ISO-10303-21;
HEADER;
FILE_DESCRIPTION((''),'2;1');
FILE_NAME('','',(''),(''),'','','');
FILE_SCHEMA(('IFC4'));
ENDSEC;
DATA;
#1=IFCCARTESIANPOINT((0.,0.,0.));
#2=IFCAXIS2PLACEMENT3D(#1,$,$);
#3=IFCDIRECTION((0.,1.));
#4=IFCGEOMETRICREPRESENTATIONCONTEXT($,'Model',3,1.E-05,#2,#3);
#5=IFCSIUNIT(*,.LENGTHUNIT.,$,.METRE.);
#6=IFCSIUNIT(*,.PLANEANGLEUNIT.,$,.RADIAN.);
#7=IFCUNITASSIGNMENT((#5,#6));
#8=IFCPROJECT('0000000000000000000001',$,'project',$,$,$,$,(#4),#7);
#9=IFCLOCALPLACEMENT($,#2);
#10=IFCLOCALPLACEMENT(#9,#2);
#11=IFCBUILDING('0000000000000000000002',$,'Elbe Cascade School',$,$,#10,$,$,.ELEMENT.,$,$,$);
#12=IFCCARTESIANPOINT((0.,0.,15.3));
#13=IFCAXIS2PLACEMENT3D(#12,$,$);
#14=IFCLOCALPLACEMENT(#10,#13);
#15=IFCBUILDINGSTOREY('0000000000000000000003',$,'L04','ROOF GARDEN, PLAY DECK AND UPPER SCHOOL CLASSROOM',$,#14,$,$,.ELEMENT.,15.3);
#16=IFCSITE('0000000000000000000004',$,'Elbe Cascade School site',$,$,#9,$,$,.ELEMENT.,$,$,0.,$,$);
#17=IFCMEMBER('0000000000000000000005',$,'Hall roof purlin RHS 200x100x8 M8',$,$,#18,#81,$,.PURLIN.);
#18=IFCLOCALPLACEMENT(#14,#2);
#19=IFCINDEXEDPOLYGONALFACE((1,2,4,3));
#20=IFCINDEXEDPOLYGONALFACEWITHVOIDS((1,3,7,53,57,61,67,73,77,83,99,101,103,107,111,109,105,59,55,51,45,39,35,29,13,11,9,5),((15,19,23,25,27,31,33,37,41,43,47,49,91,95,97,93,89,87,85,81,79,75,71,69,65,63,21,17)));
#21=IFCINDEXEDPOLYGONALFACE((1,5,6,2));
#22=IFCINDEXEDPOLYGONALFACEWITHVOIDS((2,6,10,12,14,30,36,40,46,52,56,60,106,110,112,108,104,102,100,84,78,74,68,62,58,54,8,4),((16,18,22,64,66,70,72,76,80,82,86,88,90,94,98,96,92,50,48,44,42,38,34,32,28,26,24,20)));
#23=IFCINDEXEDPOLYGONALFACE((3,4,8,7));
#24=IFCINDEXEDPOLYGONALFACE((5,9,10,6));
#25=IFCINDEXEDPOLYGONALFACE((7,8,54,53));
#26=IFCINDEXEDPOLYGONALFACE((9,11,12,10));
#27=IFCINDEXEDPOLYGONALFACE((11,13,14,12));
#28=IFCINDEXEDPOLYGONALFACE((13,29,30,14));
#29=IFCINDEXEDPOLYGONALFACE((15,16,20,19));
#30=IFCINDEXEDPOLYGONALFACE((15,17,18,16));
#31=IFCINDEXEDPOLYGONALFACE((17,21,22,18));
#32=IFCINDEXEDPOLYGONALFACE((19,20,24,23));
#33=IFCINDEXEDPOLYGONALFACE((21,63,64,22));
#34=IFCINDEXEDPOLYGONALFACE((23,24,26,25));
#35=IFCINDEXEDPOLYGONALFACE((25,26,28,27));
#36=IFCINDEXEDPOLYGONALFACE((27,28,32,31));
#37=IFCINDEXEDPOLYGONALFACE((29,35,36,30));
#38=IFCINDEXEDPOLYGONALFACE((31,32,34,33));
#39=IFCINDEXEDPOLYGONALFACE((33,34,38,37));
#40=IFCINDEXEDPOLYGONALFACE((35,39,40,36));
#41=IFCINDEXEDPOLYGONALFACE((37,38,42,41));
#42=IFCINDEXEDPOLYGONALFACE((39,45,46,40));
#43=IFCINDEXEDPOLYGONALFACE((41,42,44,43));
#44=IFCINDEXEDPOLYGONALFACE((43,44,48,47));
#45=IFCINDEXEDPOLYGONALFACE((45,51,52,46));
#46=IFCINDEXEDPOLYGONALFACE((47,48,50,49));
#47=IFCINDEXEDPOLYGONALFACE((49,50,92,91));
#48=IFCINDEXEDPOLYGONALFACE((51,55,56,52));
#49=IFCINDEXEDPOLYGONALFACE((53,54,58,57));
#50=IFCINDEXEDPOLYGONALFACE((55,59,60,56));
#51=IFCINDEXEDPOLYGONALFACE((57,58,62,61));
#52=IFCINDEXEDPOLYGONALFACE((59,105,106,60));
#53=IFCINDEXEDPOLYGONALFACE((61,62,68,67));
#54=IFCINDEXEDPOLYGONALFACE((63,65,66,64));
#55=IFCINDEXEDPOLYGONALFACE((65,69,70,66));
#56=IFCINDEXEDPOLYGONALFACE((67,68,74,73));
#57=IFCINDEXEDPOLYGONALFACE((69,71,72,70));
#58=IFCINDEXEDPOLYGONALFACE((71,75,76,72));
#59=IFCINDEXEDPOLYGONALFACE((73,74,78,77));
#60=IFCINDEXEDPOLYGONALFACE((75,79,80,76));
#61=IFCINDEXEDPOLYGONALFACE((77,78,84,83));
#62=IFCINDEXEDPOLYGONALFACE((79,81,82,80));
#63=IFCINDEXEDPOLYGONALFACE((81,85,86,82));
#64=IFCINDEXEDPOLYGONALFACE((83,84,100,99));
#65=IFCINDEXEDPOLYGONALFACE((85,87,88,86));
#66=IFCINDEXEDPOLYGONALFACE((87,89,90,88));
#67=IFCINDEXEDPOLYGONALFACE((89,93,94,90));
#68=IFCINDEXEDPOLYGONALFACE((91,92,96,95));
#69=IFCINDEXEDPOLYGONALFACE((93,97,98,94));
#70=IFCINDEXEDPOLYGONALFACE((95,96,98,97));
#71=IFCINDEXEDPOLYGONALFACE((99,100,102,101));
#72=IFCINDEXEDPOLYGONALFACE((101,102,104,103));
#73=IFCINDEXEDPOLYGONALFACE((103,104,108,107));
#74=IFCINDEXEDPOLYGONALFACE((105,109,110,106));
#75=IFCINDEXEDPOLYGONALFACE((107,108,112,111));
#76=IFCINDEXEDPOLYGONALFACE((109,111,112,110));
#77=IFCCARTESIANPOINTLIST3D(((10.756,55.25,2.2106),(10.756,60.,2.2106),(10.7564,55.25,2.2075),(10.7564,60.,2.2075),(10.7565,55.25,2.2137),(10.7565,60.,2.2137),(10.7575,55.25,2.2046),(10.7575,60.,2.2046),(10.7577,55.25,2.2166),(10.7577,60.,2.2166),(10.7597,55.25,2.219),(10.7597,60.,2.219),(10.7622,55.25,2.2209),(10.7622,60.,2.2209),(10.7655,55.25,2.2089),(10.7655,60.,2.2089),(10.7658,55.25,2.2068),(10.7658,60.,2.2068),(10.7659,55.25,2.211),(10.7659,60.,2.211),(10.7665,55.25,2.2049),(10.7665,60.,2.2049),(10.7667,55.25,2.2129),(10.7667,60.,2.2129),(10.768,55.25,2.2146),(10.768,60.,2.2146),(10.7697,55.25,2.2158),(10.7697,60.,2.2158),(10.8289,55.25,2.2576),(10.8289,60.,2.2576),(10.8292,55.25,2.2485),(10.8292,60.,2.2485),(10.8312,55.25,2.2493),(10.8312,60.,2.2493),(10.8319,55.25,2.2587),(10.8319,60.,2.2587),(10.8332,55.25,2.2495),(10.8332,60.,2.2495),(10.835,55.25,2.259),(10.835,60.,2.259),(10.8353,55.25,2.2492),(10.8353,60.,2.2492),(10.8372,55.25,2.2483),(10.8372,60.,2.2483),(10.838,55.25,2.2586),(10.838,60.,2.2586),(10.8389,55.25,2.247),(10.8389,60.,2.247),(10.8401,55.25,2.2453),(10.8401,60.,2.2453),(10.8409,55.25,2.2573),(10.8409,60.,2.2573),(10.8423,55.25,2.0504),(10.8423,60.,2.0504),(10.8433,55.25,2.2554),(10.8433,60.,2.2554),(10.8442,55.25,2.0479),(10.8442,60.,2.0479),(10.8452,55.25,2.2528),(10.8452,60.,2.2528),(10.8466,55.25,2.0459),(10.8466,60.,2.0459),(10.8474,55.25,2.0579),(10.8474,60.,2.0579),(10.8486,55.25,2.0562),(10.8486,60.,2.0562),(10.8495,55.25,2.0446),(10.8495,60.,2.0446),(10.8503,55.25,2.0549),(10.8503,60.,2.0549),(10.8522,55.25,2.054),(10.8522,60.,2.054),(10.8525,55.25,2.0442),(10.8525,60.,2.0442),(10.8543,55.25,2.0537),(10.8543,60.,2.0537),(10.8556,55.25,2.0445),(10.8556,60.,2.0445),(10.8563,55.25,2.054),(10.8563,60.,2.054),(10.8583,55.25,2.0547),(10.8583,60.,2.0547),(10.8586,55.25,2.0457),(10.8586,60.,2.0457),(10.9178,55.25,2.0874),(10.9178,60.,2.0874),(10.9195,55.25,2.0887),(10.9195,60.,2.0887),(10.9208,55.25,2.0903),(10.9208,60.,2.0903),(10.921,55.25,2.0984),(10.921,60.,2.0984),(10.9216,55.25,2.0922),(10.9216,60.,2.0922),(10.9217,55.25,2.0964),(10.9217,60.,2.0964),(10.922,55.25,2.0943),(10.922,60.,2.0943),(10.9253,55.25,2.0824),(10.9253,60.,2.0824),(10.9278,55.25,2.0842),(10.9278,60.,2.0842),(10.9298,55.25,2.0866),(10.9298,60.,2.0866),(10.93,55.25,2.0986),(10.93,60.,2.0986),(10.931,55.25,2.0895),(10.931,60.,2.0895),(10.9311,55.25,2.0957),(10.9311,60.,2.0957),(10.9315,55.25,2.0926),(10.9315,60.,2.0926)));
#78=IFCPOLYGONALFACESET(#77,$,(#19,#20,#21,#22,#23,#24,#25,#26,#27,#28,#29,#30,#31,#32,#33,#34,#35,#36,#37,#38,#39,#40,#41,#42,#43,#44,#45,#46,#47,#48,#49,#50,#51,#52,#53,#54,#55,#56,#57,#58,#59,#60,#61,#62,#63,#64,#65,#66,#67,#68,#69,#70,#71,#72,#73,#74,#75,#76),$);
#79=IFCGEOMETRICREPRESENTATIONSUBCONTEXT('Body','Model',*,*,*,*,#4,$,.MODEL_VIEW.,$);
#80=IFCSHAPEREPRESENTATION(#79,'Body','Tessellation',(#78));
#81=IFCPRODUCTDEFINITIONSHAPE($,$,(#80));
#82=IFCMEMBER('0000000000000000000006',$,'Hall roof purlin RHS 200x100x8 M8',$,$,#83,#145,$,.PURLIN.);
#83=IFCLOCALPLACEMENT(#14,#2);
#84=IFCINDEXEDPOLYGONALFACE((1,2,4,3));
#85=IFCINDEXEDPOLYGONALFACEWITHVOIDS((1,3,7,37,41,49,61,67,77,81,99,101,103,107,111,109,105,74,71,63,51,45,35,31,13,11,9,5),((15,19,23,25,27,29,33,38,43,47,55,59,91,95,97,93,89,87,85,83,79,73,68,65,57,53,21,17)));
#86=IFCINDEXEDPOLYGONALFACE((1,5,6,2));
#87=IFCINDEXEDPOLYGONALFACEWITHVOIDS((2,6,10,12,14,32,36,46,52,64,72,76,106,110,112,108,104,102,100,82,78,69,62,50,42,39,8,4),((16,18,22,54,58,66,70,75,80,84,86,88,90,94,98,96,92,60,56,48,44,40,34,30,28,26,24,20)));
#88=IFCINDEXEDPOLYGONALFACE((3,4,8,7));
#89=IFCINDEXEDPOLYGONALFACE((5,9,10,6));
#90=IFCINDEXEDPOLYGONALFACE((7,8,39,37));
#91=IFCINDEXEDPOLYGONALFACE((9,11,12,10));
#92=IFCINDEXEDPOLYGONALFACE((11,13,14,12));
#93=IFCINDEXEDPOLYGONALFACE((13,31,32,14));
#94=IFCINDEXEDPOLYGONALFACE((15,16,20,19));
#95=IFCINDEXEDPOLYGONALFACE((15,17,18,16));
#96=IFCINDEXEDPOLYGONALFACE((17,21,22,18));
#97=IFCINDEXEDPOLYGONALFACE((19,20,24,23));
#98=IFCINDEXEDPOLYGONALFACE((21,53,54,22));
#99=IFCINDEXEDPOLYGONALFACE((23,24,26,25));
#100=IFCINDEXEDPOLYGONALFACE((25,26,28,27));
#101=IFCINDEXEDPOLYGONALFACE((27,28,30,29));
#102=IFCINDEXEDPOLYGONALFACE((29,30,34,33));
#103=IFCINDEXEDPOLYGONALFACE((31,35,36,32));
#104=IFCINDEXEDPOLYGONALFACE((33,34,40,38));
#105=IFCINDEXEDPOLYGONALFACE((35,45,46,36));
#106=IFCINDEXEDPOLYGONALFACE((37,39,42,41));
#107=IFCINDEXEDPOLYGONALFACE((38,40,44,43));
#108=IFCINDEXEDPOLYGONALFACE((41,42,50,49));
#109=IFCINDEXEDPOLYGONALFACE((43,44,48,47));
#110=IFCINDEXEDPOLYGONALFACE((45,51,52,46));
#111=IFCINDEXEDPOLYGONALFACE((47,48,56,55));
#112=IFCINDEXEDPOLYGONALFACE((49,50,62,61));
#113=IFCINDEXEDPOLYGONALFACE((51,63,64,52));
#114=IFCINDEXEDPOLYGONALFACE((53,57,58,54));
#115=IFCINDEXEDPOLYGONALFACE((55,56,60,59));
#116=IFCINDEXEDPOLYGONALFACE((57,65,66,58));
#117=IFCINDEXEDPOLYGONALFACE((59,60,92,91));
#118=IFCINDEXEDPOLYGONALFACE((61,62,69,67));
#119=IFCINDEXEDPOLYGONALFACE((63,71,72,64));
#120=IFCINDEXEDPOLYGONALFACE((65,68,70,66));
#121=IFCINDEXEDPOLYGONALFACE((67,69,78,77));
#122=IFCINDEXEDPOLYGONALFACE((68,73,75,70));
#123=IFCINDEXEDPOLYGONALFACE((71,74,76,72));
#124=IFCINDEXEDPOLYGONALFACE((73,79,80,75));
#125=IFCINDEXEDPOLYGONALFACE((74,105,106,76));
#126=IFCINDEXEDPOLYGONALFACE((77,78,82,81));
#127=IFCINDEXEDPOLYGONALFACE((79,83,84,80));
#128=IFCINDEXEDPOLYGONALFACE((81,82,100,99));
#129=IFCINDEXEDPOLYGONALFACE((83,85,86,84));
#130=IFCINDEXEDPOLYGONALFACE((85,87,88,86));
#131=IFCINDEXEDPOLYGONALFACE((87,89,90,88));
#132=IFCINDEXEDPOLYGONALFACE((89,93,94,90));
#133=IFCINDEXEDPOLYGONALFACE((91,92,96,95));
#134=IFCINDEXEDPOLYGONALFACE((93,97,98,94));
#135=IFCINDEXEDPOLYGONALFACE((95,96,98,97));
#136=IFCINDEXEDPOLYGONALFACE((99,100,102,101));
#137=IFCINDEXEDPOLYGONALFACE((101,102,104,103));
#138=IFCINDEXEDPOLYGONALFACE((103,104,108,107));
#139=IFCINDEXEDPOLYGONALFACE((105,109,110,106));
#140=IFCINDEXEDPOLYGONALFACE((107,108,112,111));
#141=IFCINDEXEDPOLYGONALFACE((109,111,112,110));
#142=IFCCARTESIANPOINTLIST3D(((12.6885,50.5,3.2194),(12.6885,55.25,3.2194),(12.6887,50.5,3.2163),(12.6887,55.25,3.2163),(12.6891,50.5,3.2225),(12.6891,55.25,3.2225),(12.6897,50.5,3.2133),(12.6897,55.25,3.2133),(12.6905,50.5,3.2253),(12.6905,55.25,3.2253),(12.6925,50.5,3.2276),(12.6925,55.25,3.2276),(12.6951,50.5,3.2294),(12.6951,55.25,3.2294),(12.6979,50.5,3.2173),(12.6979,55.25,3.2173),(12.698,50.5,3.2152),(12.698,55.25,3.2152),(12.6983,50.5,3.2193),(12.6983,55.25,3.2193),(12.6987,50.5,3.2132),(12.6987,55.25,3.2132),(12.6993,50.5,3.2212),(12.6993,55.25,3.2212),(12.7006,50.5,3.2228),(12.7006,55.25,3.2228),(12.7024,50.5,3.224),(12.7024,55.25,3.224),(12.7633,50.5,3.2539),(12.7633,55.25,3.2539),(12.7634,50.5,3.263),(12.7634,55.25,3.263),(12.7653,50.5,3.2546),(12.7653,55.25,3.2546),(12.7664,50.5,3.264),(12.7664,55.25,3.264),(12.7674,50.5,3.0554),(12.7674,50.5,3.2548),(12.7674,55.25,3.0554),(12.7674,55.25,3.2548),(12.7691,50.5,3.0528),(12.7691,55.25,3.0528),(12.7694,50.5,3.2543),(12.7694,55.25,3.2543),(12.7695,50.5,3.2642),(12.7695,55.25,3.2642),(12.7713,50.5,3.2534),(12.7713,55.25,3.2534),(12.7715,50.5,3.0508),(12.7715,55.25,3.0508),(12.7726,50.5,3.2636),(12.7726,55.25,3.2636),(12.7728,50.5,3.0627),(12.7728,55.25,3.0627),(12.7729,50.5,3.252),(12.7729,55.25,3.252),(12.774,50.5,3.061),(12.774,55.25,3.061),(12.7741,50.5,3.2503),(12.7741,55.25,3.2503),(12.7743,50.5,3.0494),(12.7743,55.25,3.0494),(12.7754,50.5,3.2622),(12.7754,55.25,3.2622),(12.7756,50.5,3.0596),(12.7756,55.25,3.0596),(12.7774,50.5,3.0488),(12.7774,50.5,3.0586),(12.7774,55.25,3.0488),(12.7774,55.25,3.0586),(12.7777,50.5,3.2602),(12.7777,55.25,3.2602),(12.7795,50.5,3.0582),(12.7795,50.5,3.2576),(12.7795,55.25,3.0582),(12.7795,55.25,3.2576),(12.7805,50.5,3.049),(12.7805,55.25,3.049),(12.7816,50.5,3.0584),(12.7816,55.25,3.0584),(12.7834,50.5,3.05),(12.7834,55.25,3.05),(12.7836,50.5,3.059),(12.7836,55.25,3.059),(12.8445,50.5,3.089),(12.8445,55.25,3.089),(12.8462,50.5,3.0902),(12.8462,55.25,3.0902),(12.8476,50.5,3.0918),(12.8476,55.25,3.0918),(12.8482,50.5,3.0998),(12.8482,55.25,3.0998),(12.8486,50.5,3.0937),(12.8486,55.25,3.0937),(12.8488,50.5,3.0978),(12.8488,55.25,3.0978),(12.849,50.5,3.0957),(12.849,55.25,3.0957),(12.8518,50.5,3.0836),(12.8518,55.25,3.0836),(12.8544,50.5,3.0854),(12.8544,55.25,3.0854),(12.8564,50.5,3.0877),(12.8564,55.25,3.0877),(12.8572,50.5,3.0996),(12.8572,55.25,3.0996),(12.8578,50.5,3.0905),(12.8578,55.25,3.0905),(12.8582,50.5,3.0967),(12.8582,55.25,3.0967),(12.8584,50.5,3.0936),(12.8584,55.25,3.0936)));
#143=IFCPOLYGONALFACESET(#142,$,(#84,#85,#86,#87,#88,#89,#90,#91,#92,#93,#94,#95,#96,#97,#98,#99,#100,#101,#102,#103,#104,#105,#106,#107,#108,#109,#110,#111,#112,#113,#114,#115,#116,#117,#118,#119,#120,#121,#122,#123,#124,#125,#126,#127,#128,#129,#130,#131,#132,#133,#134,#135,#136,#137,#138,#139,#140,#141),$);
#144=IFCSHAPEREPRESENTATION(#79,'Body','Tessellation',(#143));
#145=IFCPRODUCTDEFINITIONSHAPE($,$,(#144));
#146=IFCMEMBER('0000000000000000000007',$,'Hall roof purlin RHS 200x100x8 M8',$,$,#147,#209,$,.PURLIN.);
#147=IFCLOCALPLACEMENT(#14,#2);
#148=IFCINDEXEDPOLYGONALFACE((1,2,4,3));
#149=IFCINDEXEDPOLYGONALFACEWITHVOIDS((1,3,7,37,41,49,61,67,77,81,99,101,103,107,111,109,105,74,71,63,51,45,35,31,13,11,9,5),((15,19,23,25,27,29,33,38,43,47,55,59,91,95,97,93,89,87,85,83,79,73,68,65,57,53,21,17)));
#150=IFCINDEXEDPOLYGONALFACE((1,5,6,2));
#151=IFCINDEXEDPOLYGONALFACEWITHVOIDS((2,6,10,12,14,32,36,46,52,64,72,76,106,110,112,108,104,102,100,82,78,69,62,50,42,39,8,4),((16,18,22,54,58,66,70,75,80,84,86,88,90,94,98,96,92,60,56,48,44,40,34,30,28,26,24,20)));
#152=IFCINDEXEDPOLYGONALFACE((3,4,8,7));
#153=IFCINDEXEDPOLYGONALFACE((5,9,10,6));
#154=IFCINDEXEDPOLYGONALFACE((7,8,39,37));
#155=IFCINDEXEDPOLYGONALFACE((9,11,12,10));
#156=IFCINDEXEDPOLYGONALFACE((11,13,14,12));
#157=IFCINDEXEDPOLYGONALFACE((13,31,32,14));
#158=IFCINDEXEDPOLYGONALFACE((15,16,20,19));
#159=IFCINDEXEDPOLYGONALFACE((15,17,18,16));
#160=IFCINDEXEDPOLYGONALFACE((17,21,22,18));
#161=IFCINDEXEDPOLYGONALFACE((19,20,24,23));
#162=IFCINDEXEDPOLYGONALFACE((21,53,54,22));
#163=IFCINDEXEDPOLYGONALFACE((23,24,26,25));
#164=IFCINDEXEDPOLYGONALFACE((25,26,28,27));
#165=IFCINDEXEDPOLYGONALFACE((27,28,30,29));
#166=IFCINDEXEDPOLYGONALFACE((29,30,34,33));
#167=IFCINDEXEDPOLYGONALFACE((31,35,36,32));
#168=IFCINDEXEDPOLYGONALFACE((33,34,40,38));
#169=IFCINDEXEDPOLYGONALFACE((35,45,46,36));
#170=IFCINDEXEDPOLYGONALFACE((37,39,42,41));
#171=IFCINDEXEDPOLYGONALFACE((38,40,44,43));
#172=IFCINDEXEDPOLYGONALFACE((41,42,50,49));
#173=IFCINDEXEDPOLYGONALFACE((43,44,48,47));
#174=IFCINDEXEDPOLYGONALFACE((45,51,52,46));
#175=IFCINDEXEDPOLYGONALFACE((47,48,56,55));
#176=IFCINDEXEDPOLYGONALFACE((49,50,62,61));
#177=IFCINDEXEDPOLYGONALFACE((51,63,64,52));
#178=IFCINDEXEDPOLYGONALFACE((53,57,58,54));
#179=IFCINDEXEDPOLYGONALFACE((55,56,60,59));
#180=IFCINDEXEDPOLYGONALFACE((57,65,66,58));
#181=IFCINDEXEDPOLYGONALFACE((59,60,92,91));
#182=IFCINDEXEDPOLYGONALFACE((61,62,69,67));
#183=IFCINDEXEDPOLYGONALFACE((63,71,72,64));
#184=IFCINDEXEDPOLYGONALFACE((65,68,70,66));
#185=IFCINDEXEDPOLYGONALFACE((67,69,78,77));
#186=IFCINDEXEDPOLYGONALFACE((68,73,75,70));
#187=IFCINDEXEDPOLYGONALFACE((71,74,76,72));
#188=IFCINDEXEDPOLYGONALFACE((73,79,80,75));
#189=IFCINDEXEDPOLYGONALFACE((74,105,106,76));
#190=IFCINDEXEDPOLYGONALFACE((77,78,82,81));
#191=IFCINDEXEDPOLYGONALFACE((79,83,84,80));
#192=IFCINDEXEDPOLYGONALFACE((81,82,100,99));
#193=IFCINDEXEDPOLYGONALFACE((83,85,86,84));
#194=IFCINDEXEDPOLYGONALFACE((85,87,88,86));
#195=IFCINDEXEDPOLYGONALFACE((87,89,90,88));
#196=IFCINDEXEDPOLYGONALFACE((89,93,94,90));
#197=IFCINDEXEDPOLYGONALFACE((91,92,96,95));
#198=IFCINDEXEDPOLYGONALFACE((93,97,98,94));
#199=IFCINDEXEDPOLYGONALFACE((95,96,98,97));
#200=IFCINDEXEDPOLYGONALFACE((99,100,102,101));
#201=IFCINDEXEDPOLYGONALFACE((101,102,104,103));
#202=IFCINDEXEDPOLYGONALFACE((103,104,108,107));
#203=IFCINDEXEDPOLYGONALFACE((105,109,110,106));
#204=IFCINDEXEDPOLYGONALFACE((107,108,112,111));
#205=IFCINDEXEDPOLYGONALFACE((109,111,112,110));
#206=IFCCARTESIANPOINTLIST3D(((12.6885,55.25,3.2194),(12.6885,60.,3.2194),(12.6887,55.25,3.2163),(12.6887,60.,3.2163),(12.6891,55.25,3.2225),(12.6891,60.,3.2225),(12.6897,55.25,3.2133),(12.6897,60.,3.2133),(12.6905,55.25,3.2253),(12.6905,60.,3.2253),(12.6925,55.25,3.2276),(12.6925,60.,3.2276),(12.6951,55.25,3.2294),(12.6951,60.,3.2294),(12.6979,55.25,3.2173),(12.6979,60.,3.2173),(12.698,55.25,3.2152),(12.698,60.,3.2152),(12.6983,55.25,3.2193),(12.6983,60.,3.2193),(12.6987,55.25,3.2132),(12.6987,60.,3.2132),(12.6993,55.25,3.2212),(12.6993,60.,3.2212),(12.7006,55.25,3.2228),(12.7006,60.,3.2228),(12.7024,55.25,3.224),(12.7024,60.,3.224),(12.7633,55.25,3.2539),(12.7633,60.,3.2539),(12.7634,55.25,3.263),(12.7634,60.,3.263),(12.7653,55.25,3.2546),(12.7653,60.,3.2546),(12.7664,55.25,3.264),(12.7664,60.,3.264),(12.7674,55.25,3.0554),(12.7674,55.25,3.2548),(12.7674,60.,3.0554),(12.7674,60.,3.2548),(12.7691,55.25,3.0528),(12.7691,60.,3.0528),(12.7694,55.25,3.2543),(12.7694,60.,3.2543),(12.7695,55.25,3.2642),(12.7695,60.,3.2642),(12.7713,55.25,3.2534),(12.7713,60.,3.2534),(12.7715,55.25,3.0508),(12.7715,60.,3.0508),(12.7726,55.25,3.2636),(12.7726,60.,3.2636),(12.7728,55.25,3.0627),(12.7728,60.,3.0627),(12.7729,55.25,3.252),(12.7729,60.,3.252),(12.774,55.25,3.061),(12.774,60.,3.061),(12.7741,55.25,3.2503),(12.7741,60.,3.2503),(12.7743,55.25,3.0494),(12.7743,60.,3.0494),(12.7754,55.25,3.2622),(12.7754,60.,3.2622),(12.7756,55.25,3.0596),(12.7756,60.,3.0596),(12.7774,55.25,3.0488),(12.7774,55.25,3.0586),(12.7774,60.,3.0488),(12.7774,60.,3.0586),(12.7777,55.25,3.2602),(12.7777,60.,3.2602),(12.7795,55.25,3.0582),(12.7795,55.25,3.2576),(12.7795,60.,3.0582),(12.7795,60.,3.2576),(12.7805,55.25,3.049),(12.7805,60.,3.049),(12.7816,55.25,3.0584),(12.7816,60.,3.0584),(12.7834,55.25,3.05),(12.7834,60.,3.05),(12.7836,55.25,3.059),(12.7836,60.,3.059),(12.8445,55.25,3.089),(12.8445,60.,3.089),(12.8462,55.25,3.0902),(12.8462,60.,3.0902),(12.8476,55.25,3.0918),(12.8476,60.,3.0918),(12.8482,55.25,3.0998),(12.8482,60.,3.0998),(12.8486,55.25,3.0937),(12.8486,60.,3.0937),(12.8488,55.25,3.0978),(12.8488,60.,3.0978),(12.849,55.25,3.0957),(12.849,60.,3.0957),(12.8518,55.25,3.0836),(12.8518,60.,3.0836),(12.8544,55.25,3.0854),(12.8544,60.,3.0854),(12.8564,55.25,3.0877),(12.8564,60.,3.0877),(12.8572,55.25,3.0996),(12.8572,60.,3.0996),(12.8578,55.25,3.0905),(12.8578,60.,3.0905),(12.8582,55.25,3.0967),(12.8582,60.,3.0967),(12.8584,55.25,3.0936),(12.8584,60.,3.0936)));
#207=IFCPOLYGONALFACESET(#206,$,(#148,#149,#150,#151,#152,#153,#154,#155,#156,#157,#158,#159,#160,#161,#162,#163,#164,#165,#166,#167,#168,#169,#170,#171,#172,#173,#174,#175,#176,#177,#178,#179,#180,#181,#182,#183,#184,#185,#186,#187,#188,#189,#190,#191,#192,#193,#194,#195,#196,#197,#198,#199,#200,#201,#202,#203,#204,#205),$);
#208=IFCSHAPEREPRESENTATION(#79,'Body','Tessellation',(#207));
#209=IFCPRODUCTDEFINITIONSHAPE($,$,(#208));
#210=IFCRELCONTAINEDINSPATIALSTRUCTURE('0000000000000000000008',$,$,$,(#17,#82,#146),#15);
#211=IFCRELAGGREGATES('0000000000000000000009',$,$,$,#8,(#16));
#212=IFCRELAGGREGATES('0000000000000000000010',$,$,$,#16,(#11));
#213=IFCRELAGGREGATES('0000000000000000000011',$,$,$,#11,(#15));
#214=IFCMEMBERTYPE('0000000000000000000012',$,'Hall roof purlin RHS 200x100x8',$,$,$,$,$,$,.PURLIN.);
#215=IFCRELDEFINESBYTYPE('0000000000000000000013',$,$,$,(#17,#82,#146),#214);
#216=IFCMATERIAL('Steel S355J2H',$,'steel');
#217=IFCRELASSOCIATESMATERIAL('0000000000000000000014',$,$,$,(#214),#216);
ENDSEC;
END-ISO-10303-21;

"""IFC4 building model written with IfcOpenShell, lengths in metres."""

from ifc_helpers import new_model, si_unit, direction, frame, origin, origin_2d, place, context, subcontext, project, spatial, hollow_rectangle, extrude, material, material_profile, profile_set, type_object, element, save


model = new_model("IFC4")

# Units and contexts
model_context = context("Model", 3, precision=1e-05, world=origin(), true_north=direction((0.0, 1.0)))
body_context = subcontext(model_context, "Body", "Model", "MODEL_VIEW")
ifc_project = project(units=[si_unit("LENGTHUNIT", "METRE"), si_unit("PLANEANGLEUNIT", "RADIAN")], contexts=[model_context])

# Site, building, storey
site_placement = place(None, origin())
site = spatial("IfcSite", under=ifc_project, at=site_placement, Name="Elbe Cascade School site", CompositionType="ELEMENT", RefElevation=0.0)
building_placement = place(site_placement, origin())
building = spatial("IfcBuilding", under=site, at=building_placement, Name="Elbe Cascade School", CompositionType="ELEMENT")
storey_placement = place(building_placement, frame((0.0, 0.0, 15.3)))
storey = spatial("IfcBuildingStorey", under=building, at=storey_placement, Name="L04", Description="ROOF GARDEN, PLAY DECK AND UPPER SCHOOL CLASSROOM", CompositionType="ELEMENT", Elevation=15.3)

# Members
ifc_material_1 = material(Name="Steel S355J2H", Category="steel")
ifc_material_profile_1 = material_profile(ifc_material_1, hollow_rectangle(XDim=0.1001, YDim=0.2, WallThickness=0.0081, InnerFilletRadius=0.0081, OuterFilletRadius=0.012, at=origin_2d()), Name="RHS 200x100x8")
ifc_profile_set_1 = profile_set([ifc_material_profile_1], Name="Steel S355J2H")
member_type_1 = type_object("IfcMemberType", Name="Hall roof purlin RHS 200x100x8", PredefinedType="PURLIN", material=ifc_profile_set_1)
for number, where, z_axis, x_axis, name in (
    (1, (10.8438, 55.25, 2.1516), (0.0, 1.0, 0.0), (-0.876252, 0.0, -0.481853), "Hall roof purlin RHS 200x100x8 M8"),
    (2, (12.7734, 50.5, 3.1565), (0.0, 1.0, 0.0), (-0.897163, 0.0, -0.441699), "Hall roof purlin RHS 200x100x8 M8"),
    (3, (12.7734, 55.25, 3.1565), (0.0, 1.0, 0.0), (-0.897163, 0.0, -0.441699), "Hall roof purlin RHS 200x100x8 M8"),
):
    element("IfcMember", number, at=place(storey_placement, frame(where, z_axis=z_axis, x_axis=x_axis)), inside=storey, type_object=member_type_1, Name=name, PredefinedType="PURLIN", context=body_context, shape_type="SweptSolid", body=[
        extrude(hollow_rectangle(XDim=0.1001, YDim=0.2, WallThickness=0.0081, InnerFilletRadius=0.0081, OuterFilletRadius=0.012, at=origin_2d()), origin(), (0.0, 0.0, 1.0), 4.75),
    ])

save(model, "model.ifc")
